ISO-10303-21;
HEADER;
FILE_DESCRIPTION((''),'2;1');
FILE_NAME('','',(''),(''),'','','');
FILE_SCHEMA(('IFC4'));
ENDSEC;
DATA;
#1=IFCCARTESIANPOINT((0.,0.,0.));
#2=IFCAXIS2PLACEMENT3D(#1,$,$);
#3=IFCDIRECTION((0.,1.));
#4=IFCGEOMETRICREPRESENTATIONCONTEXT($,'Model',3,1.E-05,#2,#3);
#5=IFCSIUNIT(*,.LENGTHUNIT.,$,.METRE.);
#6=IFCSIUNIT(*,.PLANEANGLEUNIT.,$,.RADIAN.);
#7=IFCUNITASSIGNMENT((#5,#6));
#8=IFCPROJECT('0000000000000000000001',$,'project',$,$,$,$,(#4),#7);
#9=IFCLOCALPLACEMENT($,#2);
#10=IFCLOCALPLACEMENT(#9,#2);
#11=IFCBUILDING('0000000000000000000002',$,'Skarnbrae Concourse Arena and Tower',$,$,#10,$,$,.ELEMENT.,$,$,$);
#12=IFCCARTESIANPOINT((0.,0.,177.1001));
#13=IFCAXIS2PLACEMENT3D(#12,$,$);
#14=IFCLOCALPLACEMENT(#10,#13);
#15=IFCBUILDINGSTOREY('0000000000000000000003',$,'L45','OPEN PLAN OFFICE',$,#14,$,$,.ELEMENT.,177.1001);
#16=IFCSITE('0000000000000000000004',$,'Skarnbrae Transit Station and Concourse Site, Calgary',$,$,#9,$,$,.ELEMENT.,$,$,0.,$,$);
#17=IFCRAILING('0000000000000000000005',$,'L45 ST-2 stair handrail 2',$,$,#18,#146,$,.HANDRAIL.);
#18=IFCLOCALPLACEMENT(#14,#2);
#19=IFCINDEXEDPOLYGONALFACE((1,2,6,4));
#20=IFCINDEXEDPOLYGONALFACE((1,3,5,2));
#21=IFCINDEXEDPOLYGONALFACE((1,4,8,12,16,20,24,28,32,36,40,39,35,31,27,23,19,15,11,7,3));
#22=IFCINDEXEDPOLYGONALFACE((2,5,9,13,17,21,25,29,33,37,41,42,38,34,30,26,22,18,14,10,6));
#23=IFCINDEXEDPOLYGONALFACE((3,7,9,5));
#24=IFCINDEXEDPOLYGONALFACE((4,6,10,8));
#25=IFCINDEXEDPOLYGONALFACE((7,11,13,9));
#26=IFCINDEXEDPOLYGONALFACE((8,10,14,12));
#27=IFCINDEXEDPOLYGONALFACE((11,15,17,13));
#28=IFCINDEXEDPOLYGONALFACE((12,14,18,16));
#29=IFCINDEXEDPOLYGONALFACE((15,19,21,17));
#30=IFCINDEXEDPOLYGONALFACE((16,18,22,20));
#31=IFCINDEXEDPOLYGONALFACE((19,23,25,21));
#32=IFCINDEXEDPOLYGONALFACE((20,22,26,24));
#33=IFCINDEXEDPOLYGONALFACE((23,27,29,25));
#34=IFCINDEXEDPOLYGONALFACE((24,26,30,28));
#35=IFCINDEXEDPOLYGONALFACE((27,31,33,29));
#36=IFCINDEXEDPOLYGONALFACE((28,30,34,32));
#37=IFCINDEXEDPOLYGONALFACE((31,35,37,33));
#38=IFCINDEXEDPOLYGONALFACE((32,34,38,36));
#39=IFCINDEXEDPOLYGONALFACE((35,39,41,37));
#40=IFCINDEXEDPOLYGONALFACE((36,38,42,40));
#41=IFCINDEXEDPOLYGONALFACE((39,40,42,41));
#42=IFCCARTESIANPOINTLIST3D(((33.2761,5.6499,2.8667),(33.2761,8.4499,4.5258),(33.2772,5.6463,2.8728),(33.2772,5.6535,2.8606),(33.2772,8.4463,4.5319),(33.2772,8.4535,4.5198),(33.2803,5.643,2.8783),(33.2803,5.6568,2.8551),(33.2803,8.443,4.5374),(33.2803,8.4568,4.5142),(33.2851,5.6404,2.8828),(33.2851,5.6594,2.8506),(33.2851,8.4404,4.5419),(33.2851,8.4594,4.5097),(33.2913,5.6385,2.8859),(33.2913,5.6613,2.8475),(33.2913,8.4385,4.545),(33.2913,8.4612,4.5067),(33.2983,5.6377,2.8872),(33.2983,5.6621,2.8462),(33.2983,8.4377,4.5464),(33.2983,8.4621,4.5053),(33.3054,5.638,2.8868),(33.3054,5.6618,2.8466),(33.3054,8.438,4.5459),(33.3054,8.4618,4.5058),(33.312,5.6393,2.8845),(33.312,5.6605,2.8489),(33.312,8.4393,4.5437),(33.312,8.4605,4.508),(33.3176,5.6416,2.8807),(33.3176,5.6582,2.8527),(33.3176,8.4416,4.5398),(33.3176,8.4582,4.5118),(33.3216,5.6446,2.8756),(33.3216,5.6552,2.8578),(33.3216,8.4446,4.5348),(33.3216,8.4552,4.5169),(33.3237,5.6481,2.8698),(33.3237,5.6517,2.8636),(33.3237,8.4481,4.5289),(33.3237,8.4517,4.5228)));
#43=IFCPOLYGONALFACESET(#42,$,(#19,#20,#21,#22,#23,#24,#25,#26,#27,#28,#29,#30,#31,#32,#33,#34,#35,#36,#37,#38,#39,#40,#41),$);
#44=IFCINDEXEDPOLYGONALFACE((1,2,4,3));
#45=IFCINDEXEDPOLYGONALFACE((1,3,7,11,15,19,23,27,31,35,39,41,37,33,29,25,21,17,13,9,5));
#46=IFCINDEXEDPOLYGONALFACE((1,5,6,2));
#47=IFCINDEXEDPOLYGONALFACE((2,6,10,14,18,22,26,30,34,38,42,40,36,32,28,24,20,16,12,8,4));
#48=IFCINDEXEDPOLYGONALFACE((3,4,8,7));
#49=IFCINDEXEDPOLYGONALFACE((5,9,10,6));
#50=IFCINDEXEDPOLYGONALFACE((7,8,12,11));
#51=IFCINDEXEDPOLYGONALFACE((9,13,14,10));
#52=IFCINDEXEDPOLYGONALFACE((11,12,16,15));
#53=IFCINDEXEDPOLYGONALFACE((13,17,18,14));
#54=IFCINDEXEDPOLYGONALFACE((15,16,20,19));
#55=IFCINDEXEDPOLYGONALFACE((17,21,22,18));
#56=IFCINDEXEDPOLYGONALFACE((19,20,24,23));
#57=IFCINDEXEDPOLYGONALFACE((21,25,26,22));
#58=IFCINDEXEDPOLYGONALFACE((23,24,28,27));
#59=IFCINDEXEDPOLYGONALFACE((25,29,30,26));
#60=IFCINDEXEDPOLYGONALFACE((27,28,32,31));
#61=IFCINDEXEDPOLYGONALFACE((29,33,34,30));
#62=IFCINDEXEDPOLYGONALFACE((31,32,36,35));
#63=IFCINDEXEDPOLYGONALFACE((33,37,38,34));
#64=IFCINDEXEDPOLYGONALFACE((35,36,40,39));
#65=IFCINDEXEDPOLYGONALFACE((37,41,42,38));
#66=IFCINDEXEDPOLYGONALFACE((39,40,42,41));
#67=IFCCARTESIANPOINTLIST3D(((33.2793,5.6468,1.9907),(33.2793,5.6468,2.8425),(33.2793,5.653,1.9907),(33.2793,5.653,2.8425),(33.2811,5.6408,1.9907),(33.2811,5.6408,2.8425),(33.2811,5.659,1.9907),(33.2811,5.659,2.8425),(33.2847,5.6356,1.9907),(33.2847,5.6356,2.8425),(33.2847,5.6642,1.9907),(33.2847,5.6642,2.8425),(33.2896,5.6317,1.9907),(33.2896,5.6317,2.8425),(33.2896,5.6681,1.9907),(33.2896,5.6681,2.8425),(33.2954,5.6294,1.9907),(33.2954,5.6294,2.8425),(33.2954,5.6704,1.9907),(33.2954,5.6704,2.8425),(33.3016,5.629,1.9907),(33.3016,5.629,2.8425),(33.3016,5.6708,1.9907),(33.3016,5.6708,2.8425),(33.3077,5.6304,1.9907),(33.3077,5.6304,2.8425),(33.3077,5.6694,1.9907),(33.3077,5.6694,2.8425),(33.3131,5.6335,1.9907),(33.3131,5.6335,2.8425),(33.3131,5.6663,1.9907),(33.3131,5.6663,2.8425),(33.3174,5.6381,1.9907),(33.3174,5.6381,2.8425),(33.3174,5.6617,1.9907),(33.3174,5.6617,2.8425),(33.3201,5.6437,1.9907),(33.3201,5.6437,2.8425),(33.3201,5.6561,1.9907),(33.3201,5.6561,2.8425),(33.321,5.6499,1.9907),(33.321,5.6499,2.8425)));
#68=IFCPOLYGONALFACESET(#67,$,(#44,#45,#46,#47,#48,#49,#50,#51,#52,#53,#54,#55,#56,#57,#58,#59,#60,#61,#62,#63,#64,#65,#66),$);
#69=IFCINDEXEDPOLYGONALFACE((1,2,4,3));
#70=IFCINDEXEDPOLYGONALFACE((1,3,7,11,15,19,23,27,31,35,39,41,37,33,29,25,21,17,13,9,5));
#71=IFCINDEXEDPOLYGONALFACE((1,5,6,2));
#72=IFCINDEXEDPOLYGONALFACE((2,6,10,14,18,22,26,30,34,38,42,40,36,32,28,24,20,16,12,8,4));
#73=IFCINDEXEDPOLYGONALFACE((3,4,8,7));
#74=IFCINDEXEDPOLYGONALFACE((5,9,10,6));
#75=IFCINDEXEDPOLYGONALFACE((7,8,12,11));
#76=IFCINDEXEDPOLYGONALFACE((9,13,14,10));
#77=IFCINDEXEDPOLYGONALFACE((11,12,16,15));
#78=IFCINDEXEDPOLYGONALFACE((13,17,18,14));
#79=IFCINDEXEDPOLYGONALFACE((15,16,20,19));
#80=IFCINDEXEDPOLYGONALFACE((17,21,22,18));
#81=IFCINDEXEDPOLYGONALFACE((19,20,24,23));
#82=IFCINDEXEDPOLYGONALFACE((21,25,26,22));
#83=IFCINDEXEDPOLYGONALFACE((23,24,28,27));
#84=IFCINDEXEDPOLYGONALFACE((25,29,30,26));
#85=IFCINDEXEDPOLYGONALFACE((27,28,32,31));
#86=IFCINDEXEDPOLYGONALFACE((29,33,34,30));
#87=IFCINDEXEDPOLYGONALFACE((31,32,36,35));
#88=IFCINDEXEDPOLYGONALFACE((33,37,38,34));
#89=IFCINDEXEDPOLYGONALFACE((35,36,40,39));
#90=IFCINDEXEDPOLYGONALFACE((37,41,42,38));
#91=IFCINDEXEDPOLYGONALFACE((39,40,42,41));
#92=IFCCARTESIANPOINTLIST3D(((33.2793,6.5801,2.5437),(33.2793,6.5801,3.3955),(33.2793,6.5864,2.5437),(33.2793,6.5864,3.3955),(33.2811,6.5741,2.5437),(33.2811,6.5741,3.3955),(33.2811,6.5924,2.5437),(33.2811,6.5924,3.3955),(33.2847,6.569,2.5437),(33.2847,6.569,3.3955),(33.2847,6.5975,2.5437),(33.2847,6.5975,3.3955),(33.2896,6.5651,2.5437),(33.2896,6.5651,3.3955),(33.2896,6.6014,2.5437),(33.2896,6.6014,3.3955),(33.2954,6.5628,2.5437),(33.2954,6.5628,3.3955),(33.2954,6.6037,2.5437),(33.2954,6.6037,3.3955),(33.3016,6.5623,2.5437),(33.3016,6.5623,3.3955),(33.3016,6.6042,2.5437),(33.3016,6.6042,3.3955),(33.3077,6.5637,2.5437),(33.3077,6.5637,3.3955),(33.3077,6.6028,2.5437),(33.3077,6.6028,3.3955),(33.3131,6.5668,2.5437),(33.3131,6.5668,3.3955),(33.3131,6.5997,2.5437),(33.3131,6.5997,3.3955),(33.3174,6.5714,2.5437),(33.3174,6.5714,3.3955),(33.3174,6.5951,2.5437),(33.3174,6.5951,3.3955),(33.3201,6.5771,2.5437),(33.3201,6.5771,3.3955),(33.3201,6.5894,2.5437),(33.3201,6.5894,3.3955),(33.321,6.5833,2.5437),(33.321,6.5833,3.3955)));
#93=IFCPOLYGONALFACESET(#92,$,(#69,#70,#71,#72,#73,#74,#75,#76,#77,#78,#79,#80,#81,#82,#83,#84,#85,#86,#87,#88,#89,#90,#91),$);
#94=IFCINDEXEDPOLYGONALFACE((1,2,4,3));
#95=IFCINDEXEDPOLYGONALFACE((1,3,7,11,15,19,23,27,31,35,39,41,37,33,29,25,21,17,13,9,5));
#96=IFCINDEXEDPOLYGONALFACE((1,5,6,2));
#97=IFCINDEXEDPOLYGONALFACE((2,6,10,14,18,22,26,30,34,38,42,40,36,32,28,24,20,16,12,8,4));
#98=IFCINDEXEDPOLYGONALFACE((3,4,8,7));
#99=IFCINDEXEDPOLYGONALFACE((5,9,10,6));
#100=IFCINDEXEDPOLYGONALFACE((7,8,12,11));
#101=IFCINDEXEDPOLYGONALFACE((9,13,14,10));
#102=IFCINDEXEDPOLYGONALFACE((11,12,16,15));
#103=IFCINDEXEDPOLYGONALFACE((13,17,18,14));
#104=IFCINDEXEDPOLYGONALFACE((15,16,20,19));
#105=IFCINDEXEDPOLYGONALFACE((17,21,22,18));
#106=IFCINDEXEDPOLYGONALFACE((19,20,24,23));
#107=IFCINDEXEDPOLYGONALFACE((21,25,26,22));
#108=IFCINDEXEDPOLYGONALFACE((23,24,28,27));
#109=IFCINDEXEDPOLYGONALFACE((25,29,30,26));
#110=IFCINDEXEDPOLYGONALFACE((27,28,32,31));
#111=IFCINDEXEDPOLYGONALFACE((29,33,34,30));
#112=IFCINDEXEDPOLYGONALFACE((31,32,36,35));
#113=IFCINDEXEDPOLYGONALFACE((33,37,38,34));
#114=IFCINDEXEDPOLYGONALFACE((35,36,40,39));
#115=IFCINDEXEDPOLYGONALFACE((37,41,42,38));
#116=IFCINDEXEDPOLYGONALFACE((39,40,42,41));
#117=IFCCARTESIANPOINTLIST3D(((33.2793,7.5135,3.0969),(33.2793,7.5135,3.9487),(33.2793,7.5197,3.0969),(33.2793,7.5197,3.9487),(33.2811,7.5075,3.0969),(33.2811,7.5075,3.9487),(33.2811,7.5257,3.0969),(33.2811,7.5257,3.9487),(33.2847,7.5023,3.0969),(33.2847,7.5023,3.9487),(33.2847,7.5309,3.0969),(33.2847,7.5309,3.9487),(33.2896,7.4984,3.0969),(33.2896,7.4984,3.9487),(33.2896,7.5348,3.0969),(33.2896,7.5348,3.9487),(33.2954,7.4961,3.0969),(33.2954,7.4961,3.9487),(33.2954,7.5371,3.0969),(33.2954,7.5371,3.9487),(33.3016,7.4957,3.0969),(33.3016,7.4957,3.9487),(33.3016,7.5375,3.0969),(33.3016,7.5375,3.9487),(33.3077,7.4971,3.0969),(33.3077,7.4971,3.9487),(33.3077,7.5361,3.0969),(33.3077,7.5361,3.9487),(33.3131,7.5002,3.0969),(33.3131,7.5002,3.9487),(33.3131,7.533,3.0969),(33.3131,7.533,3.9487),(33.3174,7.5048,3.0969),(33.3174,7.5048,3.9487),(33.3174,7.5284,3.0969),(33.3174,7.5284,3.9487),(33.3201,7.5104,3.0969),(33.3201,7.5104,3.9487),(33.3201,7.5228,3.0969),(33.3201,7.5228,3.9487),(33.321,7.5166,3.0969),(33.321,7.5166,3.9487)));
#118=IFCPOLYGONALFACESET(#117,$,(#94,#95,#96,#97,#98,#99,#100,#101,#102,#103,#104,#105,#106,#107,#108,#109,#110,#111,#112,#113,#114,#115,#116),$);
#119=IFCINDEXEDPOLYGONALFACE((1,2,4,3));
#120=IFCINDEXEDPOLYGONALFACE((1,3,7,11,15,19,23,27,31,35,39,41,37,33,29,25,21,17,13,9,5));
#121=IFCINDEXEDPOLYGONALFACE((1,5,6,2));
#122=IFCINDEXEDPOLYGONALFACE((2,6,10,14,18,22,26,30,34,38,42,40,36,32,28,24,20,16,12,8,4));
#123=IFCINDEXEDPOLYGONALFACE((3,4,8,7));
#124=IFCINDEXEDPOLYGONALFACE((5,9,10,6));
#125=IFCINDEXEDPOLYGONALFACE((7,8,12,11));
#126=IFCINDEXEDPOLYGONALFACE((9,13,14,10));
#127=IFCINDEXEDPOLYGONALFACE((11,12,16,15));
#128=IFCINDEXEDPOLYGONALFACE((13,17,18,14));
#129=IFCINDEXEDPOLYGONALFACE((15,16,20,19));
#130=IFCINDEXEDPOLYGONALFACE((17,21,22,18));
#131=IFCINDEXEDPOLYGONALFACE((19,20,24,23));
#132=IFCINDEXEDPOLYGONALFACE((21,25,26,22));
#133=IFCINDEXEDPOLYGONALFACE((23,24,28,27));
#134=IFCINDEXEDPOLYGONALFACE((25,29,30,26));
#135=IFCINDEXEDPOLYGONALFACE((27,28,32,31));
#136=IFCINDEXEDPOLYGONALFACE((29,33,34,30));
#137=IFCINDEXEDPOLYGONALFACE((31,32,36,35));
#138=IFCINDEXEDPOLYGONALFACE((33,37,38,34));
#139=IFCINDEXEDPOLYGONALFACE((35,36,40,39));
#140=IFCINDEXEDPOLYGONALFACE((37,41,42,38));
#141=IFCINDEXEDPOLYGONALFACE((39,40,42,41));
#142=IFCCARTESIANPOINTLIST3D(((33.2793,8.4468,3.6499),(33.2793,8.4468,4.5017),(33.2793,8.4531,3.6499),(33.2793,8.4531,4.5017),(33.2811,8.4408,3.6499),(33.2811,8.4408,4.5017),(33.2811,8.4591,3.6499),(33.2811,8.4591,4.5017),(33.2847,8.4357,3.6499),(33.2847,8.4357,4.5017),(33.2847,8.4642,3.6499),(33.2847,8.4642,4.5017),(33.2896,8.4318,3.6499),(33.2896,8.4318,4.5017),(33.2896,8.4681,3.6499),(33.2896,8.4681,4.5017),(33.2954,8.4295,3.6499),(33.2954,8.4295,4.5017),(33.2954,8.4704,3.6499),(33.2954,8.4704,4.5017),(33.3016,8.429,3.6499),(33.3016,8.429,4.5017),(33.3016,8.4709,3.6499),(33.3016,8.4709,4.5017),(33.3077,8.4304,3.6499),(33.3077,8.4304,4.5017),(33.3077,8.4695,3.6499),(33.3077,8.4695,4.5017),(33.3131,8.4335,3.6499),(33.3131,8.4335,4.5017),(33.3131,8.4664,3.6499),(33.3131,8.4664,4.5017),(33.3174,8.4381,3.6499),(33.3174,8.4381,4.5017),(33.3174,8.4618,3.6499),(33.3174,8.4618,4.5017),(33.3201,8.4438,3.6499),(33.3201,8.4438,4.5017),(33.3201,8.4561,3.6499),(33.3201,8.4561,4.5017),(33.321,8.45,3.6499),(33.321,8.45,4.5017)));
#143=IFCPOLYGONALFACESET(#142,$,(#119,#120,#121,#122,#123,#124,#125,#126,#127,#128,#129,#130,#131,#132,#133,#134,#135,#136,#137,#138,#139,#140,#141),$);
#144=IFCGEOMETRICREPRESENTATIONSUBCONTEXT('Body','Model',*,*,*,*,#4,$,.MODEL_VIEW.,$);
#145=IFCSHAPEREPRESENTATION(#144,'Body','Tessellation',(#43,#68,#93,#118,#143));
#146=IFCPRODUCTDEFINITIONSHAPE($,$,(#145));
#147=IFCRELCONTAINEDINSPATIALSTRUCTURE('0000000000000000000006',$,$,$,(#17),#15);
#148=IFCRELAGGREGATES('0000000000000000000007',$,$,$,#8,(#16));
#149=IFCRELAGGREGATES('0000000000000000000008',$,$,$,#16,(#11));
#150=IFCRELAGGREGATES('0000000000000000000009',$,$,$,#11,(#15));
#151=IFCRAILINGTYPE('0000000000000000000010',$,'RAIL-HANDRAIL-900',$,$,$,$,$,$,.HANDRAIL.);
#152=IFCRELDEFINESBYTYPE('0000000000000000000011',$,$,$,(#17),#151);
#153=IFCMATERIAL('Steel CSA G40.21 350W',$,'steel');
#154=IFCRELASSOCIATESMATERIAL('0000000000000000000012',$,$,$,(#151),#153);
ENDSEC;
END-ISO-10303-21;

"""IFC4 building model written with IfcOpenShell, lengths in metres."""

from ifc_helpers import new_model, si_unit, direction, frame, origin, origin_2d, place, context, subcontext, project, spatial, circle, extrude, material, type_object, element, save


model = new_model("IFC4")

# Units and contexts
model_context = context("Model", 3, precision=1e-05, world=origin(), true_north=direction((0.0, 1.0)))
body_context = subcontext(model_context, "Body", "Model", "MODEL_VIEW")
ifc_project = project(units=[si_unit("LENGTHUNIT", "METRE"), si_unit("PLANEANGLEUNIT", "RADIAN")], contexts=[model_context])

# Site, building, storey
site_placement = place(None, origin())
site = spatial("IfcSite", under=ifc_project, at=site_placement, Name="Skarnbrae Transit Station and Concourse Site, Calgary", CompositionType="ELEMENT", RefElevation=0.0)
building_placement = place(site_placement, origin())
building = spatial("IfcBuilding", under=site, at=building_placement, Name="Skarnbrae Concourse Arena and Tower", CompositionType="ELEMENT")
storey_placement = place(building_placement, frame((0.0, 0.0, 177.1001)))
storey = spatial("IfcBuildingStorey", under=building, at=storey_placement, Name="L45", Description="OPEN PLAN OFFICE", CompositionType="ELEMENT", Elevation=177.1001)

# Shared definitions
ifc_material_1 = material(Name="Steel CSA G40.21 350W", Category="steel")

# Railing
railing_type_1 = type_object("IfcRailingType", Name="RAIL-HANDRAIL-900", PredefinedType="HANDRAIL", material=ifc_material_1)
railing_1_placement = place(storey_placement, frame((33.3, 5.6499, 1.9907)))
element("IfcRailing", 1, at=railing_1_placement, inside=storey, type_object=railing_type_1, Name="L45 ST-2 stair handrail 2", PredefinedType="HANDRAIL", context=body_context, shape_type="SweptSolid", body=[
    extrude(circle(Radius=0.0239, at=origin_2d()), frame((0.0, 0.0, 0.876), z_axis=(0.0, 0.860306, 0.509778), x_axis=(-1.0, 0.0, 0.0)), (0.0, 0.0, 1.0), 3.2546),
    extrude(circle(Radius=0.021, at=origin_2d()), origin(), (0.0, 0.0, 1.0), 0.8518),
    extrude(circle(Radius=0.021, at=origin_2d()), frame((0.0, 0.9333, 0.553)), (0.0, 0.0, 1.0), 0.8518),
    extrude(circle(Radius=0.021, at=origin_2d()), frame((0.0, 1.8667, 1.1062)), (0.0, 0.0, 1.0), 0.8518),
    extrude(circle(Radius=0.021, at=origin_2d()), frame((0.0, 2.8, 1.6592)), (0.0, 0.0, 1.0), 0.8518),
])

save(model, "model.ifc")
